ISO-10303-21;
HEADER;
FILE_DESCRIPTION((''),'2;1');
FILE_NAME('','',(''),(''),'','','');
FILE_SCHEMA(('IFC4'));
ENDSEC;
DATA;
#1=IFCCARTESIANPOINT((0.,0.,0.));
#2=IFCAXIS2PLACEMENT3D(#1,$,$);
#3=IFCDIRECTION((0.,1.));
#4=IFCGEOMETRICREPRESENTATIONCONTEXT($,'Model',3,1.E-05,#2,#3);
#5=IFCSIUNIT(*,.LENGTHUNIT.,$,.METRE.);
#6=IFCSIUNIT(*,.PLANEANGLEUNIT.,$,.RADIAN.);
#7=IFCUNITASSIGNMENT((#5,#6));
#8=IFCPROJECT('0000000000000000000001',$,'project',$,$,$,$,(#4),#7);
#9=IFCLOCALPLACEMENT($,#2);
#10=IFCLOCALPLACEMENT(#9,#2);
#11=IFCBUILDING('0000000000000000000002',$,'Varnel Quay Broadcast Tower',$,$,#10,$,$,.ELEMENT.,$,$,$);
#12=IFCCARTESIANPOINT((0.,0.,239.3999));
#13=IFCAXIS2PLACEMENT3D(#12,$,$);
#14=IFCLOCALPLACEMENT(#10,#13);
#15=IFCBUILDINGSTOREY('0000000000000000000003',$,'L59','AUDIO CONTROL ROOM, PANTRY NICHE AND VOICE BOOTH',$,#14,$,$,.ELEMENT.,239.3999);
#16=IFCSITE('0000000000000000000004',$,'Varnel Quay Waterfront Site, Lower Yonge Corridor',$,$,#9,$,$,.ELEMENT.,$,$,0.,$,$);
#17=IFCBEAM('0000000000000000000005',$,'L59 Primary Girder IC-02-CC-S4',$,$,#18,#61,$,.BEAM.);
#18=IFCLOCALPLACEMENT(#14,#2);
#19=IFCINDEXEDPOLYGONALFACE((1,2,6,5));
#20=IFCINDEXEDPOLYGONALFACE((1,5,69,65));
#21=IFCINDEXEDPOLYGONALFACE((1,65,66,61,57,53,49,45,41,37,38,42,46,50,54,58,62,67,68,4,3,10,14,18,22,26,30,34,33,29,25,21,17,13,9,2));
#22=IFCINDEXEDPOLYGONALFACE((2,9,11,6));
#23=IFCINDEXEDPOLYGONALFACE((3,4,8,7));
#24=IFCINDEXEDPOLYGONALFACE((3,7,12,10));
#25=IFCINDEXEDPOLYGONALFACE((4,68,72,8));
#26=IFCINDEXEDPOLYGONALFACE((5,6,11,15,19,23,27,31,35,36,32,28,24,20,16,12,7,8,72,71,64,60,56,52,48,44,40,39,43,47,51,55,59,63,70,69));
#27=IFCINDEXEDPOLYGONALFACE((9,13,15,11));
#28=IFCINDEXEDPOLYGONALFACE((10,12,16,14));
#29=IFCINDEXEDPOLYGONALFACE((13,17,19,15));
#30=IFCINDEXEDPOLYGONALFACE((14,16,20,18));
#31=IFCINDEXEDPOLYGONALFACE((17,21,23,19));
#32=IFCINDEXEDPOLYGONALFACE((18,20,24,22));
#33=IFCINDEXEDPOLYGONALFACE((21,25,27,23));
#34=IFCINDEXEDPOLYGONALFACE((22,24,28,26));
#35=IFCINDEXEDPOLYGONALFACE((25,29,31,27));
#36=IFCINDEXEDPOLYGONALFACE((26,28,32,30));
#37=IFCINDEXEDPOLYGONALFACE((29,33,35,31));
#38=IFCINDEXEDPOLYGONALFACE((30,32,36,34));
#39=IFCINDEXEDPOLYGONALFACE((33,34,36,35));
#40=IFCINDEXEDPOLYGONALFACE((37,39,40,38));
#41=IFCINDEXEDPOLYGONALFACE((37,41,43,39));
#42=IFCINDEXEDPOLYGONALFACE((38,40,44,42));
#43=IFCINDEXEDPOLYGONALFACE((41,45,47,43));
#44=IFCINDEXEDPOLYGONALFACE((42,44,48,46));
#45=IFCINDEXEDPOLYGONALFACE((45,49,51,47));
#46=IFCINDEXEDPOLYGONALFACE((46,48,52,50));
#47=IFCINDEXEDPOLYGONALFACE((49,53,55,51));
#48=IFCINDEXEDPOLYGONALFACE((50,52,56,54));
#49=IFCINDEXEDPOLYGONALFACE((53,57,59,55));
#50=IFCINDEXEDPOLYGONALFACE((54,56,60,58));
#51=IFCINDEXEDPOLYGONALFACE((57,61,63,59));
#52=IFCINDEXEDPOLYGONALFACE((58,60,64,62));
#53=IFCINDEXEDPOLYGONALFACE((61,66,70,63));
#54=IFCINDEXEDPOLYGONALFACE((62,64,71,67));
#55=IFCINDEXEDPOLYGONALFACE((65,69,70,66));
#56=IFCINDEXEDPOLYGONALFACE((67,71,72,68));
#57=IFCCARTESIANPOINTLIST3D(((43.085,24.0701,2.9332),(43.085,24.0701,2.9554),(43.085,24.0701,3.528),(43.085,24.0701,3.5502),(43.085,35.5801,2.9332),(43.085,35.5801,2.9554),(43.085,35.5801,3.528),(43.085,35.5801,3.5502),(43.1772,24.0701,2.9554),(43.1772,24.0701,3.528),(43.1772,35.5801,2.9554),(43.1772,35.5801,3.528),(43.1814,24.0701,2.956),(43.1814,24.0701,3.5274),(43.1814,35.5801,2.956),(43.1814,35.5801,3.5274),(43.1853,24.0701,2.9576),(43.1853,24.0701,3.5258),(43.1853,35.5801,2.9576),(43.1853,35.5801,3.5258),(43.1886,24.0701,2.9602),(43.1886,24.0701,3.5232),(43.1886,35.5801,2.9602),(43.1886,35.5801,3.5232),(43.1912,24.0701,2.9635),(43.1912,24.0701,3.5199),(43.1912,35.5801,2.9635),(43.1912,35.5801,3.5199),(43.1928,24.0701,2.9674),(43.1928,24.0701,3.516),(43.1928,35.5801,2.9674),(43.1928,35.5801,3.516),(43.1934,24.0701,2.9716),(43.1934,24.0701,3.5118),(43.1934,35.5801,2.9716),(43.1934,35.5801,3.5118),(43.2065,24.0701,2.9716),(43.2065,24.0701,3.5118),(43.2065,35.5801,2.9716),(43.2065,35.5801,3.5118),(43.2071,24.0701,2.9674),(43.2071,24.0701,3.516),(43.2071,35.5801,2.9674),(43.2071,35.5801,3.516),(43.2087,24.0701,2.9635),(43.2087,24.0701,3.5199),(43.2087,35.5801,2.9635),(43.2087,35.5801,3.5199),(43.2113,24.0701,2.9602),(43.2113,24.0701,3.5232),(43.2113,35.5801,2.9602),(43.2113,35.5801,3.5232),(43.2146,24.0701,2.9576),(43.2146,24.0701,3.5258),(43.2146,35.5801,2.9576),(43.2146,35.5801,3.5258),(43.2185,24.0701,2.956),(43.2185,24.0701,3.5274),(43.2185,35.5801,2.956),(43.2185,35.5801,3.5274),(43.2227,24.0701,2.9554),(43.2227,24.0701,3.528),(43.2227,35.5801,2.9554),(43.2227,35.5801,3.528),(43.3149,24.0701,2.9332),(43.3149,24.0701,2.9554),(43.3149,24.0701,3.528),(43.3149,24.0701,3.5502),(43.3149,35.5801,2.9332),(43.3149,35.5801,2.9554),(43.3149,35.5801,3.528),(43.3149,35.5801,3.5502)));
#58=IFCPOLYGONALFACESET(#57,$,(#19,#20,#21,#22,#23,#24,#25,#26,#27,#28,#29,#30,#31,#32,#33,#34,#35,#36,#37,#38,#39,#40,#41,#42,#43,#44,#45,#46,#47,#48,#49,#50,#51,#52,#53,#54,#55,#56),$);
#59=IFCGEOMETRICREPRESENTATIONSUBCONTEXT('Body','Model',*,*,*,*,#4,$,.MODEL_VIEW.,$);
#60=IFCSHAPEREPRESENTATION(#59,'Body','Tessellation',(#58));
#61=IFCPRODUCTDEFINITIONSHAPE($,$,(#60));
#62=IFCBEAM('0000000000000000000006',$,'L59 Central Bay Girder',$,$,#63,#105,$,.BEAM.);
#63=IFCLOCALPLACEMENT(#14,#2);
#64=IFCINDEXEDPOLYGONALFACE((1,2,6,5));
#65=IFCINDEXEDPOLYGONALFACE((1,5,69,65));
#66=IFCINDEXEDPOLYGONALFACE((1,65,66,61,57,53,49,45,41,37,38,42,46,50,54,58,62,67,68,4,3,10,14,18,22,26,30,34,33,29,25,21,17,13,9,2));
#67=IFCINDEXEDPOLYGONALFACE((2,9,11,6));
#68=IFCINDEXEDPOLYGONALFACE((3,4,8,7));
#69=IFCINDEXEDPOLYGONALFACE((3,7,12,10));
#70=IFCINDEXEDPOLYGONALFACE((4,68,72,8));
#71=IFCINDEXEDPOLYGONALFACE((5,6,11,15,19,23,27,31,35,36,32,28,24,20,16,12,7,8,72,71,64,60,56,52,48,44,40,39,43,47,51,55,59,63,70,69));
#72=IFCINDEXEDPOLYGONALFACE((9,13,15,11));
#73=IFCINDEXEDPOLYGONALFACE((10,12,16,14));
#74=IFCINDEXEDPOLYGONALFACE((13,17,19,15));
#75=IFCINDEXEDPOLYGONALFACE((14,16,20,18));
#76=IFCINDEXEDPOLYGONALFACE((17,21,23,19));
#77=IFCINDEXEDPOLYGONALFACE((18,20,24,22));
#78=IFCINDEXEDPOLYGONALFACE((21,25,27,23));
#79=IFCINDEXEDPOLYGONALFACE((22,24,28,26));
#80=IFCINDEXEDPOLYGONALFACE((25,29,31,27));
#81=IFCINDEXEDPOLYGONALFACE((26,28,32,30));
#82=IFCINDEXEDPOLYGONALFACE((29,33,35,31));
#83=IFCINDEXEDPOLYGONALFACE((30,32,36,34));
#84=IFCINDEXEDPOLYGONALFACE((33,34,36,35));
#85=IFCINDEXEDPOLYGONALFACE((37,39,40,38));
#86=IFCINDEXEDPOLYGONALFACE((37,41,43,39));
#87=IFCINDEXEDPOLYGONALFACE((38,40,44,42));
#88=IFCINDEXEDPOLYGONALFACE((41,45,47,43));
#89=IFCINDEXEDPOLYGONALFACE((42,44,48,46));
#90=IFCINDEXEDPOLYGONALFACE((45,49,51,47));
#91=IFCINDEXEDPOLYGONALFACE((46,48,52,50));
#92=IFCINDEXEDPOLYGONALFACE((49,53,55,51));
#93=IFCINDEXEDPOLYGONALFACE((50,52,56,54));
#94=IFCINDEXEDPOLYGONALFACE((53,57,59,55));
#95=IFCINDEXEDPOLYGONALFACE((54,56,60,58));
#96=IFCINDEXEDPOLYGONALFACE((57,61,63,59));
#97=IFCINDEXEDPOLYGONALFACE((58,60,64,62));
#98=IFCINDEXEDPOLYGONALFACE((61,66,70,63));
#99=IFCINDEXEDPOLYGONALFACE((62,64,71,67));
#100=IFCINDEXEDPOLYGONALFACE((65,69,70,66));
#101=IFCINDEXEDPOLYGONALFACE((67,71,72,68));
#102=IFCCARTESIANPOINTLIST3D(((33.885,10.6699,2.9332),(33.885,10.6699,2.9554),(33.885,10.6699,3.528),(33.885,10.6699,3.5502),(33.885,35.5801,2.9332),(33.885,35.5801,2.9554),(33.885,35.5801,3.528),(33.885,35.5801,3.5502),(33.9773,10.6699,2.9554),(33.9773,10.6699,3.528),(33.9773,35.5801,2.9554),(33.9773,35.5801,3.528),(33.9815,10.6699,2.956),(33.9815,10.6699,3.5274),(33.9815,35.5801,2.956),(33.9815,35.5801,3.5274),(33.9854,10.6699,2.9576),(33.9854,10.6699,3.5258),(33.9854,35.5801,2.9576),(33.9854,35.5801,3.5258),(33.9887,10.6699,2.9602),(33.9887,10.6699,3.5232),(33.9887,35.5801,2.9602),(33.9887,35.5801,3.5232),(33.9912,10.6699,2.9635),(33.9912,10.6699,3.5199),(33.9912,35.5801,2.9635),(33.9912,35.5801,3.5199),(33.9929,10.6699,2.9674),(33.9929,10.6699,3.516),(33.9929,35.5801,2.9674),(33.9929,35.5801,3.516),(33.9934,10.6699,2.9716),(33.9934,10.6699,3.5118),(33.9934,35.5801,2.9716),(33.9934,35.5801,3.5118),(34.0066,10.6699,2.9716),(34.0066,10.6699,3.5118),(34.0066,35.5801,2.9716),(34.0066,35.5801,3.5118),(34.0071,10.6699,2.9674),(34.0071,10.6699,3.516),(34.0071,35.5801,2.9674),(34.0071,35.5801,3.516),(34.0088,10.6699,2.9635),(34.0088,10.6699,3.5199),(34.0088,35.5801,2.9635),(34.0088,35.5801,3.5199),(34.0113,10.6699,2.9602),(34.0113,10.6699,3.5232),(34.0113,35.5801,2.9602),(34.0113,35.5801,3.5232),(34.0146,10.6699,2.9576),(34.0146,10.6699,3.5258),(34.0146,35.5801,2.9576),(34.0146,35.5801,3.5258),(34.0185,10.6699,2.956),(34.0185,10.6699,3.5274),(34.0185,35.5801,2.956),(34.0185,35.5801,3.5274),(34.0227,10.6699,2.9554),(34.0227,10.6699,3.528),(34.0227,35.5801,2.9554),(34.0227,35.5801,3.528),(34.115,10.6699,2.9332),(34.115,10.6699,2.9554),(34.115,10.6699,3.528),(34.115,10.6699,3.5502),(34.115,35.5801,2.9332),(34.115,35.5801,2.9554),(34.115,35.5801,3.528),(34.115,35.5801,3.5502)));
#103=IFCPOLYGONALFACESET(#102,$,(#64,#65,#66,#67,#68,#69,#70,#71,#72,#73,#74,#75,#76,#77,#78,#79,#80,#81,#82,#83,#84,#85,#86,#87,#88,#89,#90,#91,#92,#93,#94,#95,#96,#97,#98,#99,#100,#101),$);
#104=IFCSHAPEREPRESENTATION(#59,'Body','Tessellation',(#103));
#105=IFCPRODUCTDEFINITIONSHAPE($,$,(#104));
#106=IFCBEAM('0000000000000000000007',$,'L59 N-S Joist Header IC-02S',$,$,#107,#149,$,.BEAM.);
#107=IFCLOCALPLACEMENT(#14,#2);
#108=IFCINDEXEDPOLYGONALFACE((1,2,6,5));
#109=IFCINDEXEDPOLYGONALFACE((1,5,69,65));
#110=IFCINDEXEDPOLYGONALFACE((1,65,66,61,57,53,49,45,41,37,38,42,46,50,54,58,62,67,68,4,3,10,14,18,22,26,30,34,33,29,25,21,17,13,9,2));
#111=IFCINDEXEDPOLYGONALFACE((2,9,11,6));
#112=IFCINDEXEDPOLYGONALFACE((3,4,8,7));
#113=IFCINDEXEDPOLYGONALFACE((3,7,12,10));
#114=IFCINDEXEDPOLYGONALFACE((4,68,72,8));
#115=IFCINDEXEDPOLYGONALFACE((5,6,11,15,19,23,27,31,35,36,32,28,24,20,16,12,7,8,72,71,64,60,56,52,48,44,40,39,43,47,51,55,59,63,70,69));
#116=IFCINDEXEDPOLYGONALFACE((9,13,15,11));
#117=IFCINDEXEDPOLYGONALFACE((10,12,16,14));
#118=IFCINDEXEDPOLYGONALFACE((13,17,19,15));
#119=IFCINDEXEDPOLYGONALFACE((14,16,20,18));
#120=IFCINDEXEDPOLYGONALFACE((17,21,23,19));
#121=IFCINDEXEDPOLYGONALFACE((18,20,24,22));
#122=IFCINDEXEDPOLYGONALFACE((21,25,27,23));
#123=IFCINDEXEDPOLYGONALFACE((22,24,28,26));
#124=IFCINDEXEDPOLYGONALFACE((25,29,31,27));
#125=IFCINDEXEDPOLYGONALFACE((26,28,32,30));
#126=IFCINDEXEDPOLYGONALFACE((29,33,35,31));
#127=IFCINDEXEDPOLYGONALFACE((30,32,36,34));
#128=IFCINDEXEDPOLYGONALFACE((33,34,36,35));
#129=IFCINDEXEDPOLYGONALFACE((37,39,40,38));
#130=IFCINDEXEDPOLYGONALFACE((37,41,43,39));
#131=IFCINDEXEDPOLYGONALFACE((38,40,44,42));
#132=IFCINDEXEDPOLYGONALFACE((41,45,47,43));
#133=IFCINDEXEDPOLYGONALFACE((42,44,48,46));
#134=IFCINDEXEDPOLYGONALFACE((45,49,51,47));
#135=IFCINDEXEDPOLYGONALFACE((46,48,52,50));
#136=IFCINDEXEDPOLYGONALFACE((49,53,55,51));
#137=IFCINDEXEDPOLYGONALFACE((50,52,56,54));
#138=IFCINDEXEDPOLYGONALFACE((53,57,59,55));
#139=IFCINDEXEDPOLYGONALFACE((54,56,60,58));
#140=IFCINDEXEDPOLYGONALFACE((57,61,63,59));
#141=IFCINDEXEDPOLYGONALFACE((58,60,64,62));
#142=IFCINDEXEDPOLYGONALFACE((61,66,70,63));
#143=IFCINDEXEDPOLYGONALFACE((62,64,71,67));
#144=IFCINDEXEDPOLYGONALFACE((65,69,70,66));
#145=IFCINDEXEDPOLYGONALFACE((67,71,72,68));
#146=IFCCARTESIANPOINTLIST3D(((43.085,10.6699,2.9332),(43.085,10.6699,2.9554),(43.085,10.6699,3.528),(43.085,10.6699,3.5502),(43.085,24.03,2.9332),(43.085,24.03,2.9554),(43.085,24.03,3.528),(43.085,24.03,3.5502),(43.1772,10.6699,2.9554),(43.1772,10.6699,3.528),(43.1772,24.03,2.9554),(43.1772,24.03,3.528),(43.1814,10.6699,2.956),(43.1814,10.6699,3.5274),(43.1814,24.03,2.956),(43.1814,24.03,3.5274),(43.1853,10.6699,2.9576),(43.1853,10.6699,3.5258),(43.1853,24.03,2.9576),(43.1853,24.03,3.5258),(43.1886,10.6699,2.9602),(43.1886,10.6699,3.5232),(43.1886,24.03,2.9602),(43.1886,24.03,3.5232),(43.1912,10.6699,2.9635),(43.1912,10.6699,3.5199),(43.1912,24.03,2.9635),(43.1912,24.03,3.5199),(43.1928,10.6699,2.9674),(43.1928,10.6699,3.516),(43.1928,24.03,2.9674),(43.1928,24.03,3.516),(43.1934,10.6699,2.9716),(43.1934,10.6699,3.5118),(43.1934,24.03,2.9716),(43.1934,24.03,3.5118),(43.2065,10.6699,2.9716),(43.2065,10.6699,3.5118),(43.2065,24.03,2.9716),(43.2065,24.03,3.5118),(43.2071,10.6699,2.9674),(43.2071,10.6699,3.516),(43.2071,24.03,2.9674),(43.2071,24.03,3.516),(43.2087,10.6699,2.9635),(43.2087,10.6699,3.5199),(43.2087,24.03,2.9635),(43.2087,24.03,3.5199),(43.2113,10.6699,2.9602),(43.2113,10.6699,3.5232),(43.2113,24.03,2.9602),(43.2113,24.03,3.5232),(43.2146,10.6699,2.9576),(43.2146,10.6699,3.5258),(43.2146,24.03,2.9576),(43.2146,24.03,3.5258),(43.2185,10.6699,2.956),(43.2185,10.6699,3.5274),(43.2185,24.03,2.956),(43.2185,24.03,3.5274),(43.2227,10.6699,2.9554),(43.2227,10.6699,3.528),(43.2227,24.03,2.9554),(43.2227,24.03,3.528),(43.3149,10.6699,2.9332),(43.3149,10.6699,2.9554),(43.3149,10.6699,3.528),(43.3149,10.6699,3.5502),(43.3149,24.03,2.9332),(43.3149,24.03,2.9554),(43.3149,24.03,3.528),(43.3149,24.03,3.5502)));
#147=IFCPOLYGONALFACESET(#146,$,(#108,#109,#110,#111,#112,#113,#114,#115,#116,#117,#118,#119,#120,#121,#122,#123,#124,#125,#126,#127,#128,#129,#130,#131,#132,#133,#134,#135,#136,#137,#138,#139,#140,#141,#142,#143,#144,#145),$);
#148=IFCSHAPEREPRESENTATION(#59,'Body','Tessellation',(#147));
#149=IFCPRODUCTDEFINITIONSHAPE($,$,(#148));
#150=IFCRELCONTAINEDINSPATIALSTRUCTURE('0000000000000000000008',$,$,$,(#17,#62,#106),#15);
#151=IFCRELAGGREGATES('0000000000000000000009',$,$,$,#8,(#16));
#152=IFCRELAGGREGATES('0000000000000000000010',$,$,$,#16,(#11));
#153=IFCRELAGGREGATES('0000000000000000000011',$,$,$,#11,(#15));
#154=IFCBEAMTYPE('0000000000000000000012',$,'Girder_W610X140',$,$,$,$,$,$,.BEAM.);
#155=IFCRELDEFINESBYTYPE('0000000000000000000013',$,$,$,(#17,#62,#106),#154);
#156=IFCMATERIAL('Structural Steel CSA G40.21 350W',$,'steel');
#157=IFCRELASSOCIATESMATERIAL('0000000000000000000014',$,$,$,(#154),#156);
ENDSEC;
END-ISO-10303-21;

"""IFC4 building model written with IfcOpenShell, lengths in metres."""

from ifc_helpers import new_model, si_unit, direction, frame, origin, origin_2d, place, context, subcontext, project, spatial, i_section, extrude, source, transform, mapped, material, material_profile, profile_set, type_object, element, save


model = new_model("IFC4")

# Units and contexts
model_context = context("Model", 3, precision=1e-05, world=origin(), true_north=direction((0.0, 1.0)))
body_context = subcontext(model_context, "Body", "Model", "MODEL_VIEW")
ifc_project = project(units=[si_unit("LENGTHUNIT", "METRE"), si_unit("PLANEANGLEUNIT", "RADIAN")], contexts=[model_context])

# Site, building, storey
site_placement = place(None, origin())
site = spatial("IfcSite", under=ifc_project, at=site_placement, Name="Varnel Quay Waterfront Site, Lower Yonge Corridor", CompositionType="ELEMENT", RefElevation=0.0)
building_placement = place(site_placement, origin())
building = spatial("IfcBuilding", under=site, at=building_placement, Name="Varnel Quay Broadcast Tower", CompositionType="ELEMENT")
storey_placement = place(building_placement, frame((0.0, 0.0, 239.3999)))
storey = spatial("IfcBuildingStorey", under=building, at=storey_placement, Name="L59", Description="AUDIO CONTROL ROOM, PANTRY NICHE AND VOICE BOOTH", CompositionType="ELEMENT", Elevation=239.3999)

# Shared definitions
ifc_material_1 = material(Name="Structural Steel CSA G40.21 350W", Category="steel")

# Beams
ifc_material_profile_1 = material_profile(ifc_material_1, i_section(OverallWidth=0.23, OverallDepth=0.6169, WebThickness=0.0132, FlangeThickness=0.0222, FilletRadius=0.0161, at=origin_2d()), Name="W610X140")
ifc_profile_set_1 = profile_set([ifc_material_profile_1], Name="Structural Steel CSA G40.21 350W")
beam_type_1 = type_object("IfcBeamType", Name="Girder_W610X140", PredefinedType="BEAM", material=ifc_profile_set_1)
shared_shape_1 = source(origin(), body_context, "Body", "SweptSolid", [
    extrude(i_section(OverallWidth=0.23, OverallDepth=0.6169, WebThickness=0.0132, FlangeThickness=0.0222, FilletRadius=0.0161, at=origin_2d()), origin(), (0.0, 0.0, 1.0), 11.51),
])
beam_1_placement = place(storey_placement, frame((43.2, 24.0701, 3.2417), z_axis=(0.0, 1.0, 0.0), x_axis=(-1.0, 0.0, 0.0)))
element("IfcBeam", 1, at=beam_1_placement, inside=storey, type_object=beam_type_1, Name="L59 Primary Girder IC-02-CC-S4", PredefinedType="BEAM", context=body_context, shape_type="MappedRepresentation", body=[
    mapped(shared_shape_1, transform((0.0, 0.0, 0.0), x_axis=(1.0, 0.0, 0.0), y_axis=(0.0, 1.0, 0.0), z_axis=(0.0, 0.0, 1.0), scale=1.0)),
])
shared_shape_2 = source(origin(), body_context, "Body", "SweptSolid", [
    extrude(i_section(OverallWidth=0.23, OverallDepth=0.6169, WebThickness=0.0132, FlangeThickness=0.0222, FilletRadius=0.0161, at=origin_2d()), origin(), (0.0, 0.0, 1.0), 24.9102),
])
beam_2_placement = place(storey_placement, frame((34.0, 10.6699, 3.2417), z_axis=(0.0, 1.0, 0.0), x_axis=(-1.0, 0.0, 0.0)))
element("IfcBeam", 2, at=beam_2_placement, inside=storey, type_object=beam_type_1, Name="L59 Central Bay Girder", PredefinedType="BEAM", context=body_context, shape_type="MappedRepresentation", body=[
    mapped(shared_shape_2, transform((0.0, 0.0, 0.0), x_axis=(1.0, 0.0, 0.0), y_axis=(0.0, 1.0, 0.0), z_axis=(0.0, 0.0, 1.0), scale=1.0)),
])
shared_shape_3 = source(origin(), body_context, "Body", "SweptSolid", [
    extrude(i_section(OverallWidth=0.23, OverallDepth=0.6169, WebThickness=0.0132, FlangeThickness=0.0222, FilletRadius=0.0161, at=origin_2d()), origin(), (0.0, 0.0, 1.0), 13.3601),
])
beam_3_placement = place(storey_placement, frame((43.2, 10.6699, 3.2417), z_axis=(0.0, 1.0, 0.0), x_axis=(-1.0, 0.0, 0.0)))
element("IfcBeam", 3, at=beam_3_placement, inside=storey, type_object=beam_type_1, Name="L59 N-S Joist Header IC-02S", PredefinedType="BEAM", context=body_context, shape_type="MappedRepresentation", body=[
    mapped(shared_shape_3, transform((0.0, 0.0, 0.0), x_axis=(1.0, 0.0, 0.0), y_axis=(0.0, 1.0, 0.0), z_axis=(0.0, 0.0, 1.0), scale=1.0)),
])

save(model, "model.ifc")
